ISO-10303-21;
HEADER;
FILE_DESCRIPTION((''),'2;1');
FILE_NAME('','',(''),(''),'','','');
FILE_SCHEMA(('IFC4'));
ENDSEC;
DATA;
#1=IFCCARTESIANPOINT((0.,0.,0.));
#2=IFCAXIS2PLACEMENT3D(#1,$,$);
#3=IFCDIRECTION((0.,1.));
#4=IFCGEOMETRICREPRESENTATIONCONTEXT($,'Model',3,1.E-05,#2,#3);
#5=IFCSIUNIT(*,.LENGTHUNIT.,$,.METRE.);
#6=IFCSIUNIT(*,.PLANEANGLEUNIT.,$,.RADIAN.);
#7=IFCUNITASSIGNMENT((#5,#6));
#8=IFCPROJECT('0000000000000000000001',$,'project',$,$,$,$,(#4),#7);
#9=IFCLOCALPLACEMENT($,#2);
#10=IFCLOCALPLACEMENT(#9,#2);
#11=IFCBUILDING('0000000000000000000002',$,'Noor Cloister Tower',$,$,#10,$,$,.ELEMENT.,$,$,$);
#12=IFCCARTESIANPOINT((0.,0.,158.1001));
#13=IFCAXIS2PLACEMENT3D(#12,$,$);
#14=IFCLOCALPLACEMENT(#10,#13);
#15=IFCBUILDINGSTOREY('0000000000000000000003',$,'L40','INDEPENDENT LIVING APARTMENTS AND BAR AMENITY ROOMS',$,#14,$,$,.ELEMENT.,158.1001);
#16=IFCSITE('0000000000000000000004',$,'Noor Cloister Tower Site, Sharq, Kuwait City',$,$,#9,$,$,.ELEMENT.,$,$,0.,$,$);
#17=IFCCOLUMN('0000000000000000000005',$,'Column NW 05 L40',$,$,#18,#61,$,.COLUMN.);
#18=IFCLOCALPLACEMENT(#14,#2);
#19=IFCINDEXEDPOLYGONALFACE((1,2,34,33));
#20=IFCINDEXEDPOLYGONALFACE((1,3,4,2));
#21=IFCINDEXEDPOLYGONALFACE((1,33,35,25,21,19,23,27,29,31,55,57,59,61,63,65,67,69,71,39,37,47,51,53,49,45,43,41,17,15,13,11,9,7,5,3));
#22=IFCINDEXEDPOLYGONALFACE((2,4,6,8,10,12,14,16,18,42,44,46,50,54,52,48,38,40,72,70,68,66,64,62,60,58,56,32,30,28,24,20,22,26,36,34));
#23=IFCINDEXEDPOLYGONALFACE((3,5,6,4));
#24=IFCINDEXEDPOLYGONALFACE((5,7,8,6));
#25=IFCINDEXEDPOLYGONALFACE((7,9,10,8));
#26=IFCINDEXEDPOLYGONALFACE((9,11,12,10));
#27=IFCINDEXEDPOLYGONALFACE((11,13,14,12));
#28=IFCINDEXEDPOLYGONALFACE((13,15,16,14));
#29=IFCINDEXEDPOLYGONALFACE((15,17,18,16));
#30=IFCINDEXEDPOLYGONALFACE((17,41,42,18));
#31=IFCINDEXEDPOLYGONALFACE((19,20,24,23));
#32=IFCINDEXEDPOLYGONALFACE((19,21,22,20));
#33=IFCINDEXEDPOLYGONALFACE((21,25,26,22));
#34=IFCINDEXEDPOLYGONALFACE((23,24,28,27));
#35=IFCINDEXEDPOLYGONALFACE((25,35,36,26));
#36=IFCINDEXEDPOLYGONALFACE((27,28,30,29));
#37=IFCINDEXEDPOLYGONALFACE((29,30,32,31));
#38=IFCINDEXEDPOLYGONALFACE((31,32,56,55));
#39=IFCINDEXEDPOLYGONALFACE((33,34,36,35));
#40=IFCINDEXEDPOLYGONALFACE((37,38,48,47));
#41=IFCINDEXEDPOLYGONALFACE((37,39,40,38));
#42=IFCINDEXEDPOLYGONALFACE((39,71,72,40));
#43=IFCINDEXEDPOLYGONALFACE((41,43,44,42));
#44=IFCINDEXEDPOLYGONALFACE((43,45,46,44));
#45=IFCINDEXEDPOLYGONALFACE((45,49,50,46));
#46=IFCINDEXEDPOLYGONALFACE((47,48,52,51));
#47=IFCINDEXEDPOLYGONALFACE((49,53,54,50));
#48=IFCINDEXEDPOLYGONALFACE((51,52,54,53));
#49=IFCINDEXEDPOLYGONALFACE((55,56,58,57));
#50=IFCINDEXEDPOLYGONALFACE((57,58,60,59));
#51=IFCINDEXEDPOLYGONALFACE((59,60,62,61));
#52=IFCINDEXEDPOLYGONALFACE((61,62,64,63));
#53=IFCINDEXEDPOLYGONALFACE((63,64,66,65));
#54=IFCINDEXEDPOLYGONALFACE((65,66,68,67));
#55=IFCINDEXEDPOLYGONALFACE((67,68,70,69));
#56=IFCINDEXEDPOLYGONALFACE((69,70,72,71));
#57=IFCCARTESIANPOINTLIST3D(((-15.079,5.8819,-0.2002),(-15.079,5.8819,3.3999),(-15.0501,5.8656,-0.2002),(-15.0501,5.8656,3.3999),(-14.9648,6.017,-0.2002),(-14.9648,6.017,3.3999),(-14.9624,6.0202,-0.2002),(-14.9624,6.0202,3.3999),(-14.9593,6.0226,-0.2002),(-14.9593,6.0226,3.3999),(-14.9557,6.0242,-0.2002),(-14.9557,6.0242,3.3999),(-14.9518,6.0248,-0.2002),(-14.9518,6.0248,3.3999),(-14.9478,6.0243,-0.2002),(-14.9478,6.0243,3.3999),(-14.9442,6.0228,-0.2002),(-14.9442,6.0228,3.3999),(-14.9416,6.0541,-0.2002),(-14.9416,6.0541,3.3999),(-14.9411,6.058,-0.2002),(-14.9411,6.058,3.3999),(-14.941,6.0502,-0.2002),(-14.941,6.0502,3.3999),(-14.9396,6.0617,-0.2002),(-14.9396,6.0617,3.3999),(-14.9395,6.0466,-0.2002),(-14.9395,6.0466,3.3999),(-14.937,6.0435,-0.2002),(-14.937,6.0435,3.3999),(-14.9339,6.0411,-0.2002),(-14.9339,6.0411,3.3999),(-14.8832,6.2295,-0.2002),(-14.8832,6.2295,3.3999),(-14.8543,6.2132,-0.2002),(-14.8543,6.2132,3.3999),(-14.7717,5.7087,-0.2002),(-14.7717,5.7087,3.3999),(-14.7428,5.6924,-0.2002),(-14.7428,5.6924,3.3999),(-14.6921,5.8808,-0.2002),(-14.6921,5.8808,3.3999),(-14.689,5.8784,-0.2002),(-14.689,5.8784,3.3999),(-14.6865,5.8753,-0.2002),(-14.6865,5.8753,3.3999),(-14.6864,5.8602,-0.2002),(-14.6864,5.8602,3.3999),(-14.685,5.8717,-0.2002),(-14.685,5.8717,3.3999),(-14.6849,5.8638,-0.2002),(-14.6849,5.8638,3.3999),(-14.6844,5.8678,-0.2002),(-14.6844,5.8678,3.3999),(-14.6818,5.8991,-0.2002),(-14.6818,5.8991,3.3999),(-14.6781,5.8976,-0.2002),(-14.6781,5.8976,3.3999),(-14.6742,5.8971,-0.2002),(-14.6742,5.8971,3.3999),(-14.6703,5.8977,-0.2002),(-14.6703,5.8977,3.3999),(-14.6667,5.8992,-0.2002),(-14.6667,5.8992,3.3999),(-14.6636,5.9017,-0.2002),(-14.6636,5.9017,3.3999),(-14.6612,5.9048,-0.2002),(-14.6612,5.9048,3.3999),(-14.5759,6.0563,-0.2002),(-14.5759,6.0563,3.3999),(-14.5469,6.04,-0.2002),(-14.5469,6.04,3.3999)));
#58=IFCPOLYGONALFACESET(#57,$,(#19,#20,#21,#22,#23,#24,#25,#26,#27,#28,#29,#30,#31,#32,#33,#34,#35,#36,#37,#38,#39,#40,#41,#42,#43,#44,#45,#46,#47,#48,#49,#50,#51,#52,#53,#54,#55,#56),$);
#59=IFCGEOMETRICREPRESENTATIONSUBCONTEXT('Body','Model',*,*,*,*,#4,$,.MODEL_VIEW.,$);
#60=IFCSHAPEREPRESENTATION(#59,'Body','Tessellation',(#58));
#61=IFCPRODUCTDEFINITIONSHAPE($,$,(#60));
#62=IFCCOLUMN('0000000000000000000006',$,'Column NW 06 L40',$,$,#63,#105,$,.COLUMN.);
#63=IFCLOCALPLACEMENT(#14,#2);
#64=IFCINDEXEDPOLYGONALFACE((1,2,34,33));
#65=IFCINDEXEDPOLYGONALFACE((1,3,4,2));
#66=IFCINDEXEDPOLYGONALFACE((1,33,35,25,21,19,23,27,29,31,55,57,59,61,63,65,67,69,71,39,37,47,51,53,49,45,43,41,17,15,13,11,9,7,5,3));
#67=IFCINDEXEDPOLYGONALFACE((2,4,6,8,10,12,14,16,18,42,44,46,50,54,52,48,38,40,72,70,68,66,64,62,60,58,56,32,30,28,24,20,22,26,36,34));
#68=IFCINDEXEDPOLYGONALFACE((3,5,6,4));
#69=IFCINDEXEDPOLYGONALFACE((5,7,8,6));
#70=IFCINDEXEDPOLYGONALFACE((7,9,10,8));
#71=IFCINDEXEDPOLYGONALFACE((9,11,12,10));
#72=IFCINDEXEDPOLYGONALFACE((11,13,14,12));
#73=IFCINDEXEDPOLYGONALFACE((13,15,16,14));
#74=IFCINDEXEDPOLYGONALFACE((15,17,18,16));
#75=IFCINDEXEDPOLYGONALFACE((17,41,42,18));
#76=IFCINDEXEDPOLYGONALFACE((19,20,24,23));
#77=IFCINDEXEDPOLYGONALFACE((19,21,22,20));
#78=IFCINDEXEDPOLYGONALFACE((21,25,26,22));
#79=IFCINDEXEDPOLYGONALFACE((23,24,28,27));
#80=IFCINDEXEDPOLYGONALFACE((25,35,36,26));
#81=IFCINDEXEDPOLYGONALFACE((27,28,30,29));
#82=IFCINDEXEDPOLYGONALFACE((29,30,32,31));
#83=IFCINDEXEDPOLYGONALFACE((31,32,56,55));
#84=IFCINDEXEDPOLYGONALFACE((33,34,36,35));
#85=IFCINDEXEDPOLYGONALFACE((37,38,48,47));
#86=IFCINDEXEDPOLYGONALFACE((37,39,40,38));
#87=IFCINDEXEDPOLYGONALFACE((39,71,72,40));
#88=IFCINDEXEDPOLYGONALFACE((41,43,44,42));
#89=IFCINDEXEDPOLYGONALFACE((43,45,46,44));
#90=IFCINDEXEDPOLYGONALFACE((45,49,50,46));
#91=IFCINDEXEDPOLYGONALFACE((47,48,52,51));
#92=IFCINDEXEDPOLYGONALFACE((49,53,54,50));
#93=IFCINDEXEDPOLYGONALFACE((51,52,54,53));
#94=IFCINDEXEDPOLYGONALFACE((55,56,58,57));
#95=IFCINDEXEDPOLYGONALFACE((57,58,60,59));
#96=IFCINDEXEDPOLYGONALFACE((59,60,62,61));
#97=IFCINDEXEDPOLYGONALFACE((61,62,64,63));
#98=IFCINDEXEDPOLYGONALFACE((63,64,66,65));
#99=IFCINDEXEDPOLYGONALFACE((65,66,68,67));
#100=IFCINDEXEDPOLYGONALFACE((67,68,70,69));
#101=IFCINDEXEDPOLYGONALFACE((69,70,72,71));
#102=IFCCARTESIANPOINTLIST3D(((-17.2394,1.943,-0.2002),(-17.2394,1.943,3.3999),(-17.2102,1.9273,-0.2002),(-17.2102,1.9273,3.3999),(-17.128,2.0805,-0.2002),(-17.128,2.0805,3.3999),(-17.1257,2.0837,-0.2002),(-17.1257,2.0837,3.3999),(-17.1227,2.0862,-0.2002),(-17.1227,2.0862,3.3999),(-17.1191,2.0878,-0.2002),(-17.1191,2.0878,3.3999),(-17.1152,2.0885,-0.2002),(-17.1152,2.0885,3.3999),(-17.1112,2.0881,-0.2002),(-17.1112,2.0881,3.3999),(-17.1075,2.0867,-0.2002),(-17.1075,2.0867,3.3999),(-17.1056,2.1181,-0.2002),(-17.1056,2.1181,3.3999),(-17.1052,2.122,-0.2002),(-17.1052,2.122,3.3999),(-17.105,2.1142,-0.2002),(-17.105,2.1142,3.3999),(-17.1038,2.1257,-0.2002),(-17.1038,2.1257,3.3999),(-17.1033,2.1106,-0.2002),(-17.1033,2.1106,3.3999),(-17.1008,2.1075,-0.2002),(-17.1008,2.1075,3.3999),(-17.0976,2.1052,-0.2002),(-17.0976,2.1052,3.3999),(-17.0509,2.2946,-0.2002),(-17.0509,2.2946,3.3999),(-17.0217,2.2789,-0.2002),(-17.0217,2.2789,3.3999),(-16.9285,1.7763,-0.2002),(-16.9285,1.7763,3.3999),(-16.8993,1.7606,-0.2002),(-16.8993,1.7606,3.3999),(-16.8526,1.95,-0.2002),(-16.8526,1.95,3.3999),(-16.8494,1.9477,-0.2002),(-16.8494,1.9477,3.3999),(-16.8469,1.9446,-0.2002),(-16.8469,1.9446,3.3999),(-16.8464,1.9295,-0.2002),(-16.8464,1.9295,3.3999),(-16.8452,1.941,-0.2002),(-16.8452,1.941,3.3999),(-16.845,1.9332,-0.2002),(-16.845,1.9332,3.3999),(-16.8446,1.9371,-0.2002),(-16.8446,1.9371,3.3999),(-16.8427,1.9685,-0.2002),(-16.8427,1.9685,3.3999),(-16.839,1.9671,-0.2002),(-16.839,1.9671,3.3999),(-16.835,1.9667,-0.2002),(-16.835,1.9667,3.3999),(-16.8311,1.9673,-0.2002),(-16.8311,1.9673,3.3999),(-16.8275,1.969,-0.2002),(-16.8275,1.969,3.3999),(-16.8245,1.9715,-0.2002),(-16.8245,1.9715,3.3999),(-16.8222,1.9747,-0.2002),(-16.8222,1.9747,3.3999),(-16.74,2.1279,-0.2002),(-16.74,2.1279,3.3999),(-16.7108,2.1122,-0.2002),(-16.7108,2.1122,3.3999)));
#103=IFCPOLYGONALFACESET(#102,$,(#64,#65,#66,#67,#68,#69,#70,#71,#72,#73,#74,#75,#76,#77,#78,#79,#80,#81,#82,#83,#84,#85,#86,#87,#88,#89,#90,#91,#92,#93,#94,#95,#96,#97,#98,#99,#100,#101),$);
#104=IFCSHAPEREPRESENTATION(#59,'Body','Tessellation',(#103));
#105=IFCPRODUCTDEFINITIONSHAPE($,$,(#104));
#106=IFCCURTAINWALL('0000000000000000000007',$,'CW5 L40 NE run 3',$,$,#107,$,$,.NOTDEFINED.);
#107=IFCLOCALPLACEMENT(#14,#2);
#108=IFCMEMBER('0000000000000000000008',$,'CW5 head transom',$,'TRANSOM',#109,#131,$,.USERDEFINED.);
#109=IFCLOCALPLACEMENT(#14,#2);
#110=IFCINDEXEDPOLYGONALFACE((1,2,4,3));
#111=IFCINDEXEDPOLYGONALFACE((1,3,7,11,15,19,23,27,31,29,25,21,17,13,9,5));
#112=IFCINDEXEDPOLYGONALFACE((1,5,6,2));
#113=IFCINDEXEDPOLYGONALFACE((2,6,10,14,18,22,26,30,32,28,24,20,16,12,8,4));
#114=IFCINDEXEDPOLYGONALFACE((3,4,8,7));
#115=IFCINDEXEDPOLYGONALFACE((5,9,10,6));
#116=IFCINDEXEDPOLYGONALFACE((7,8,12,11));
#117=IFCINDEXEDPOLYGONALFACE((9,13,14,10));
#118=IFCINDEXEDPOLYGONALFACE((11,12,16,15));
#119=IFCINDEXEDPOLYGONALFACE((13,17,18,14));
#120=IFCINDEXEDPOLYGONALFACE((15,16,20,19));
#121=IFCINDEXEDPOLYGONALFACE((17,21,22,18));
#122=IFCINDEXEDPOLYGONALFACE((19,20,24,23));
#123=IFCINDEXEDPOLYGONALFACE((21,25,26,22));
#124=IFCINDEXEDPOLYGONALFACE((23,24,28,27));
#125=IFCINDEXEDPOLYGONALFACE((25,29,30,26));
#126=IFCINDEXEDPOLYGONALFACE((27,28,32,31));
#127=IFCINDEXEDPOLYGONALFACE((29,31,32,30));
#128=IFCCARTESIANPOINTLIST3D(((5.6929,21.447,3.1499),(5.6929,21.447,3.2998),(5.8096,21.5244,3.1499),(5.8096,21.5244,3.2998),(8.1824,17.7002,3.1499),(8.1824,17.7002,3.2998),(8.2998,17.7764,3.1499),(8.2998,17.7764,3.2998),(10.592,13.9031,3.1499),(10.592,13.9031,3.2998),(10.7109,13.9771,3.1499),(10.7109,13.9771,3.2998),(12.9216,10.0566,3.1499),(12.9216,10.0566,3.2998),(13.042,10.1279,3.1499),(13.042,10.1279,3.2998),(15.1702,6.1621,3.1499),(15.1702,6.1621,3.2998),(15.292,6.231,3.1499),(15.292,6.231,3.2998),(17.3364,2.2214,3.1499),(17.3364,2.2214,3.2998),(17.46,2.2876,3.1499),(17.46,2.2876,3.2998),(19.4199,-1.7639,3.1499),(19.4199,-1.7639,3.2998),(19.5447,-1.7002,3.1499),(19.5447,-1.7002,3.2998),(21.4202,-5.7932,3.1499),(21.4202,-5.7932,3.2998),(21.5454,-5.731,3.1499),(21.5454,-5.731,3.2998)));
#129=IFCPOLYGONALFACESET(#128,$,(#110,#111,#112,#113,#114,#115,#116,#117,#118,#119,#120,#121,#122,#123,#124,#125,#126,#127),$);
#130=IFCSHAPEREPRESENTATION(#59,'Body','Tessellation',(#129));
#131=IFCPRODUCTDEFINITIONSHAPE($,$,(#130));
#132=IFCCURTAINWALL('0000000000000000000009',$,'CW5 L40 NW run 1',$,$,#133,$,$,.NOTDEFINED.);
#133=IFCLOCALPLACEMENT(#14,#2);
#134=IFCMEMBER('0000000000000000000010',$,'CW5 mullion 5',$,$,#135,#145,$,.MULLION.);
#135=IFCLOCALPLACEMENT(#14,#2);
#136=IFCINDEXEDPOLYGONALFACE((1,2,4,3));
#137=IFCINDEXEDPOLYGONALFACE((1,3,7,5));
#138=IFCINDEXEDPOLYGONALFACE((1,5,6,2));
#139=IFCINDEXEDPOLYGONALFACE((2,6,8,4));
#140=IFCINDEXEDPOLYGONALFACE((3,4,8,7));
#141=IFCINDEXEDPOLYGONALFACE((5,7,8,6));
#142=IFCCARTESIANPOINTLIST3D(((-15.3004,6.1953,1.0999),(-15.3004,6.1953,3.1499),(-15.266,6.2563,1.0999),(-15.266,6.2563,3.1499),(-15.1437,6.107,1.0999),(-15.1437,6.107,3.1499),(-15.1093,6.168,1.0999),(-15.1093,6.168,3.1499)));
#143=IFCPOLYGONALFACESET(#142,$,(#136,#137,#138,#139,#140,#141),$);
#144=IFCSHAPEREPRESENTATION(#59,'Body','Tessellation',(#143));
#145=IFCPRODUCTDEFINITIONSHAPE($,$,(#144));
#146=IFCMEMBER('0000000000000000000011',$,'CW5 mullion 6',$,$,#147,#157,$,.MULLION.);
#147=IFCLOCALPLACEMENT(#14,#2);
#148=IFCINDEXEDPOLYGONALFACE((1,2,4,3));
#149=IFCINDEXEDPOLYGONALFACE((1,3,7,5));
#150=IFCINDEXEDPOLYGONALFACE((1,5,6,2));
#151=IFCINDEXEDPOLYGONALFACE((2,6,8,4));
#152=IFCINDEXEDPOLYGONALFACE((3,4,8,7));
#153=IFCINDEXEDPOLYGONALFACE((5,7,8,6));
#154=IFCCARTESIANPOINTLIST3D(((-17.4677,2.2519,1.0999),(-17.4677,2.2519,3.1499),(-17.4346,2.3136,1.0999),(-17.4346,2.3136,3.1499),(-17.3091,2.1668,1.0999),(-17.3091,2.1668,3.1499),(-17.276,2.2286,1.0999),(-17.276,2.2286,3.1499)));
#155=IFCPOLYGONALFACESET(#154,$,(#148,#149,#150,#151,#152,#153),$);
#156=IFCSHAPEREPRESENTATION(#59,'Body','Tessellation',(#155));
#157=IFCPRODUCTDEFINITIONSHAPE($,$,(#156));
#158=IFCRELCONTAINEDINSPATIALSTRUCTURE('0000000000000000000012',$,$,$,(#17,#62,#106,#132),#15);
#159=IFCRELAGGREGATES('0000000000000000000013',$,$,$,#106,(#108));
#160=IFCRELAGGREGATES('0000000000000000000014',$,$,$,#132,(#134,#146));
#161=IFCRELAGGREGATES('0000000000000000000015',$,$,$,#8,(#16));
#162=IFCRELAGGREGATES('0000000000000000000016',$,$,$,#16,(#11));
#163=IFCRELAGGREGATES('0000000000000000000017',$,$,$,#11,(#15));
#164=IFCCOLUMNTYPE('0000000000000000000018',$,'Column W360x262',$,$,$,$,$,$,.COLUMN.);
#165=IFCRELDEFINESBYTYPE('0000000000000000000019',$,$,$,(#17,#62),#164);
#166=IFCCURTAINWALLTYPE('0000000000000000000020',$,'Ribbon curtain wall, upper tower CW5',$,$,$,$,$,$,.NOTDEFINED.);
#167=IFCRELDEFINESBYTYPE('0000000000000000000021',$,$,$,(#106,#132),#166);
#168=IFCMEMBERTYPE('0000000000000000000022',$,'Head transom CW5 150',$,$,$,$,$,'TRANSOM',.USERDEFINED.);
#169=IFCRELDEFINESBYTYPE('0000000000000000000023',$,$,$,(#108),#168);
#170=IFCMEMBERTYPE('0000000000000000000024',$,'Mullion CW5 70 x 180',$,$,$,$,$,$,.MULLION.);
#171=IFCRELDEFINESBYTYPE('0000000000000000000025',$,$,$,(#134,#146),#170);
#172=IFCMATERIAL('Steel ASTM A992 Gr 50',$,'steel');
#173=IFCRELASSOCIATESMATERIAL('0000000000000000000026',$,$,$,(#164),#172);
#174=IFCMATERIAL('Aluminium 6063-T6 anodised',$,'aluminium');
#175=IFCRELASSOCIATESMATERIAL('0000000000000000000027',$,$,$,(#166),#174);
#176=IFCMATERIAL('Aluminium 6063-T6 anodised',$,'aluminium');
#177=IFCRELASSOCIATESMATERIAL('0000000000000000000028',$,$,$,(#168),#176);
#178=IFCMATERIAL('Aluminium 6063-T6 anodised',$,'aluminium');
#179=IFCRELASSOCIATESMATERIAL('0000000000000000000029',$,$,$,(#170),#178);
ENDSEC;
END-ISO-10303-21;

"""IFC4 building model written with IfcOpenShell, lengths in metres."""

from ifc_helpers import new_model, si_unit, direction, frame, origin, origin_2d, place, context, subcontext, project, spatial, polyline, rectangle, i_section, outline, extrude, material, material_profile, profile_set, type_object, element, aggregate, save


model = new_model("IFC4")

# Units and contexts
model_context = context("Model", 3, precision=1e-05, world=origin(), true_north=direction((0.0, 1.0)))
body_context = subcontext(model_context, "Body", "Model", "MODEL_VIEW")
ifc_project = project(units=[si_unit("LENGTHUNIT", "METRE"), si_unit("PLANEANGLEUNIT", "RADIAN")], contexts=[model_context])

# Site, building, storey
site_placement = place(None, origin())
site = spatial("IfcSite", under=ifc_project, at=site_placement, Name="Noor Cloister Tower Site, Sharq, Kuwait City", CompositionType="ELEMENT", RefElevation=0.0)
building_placement = place(site_placement, origin())
building = spatial("IfcBuilding", under=site, at=building_placement, Name="Noor Cloister Tower", CompositionType="ELEMENT")
storey_placement = place(building_placement, frame((0.0, 0.0, 158.1001)))
storey = spatial("IfcBuildingStorey", under=building, at=storey_placement, Name="L40", Description="INDEPENDENT LIVING APARTMENTS AND BAR AMENITY ROOMS", CompositionType="ELEMENT", Elevation=158.1001)

# Columns
ifc_material_1 = material(Name="Steel ASTM A992 Gr 50", Category="steel")
ifc_material_profile_1 = material_profile(ifc_material_1, i_section(OverallWidth=0.3989, OverallDepth=0.386, WebThickness=0.021, FlangeThickness=0.0332, FilletRadius=0.0151, at=origin_2d()), Name="W360x262")
ifc_profile_set_1 = profile_set([ifc_material_profile_1], Name="Steel ASTM A992 Gr 50")
column_type = type_object("IfcColumnType", Name="Column W360x262", PredefinedType="COLUMN", material=ifc_profile_set_1)
for number, where, z_axis, x_axis, name in (
    (1, (-14.813, 5.9609, -0.2002), (0.0, 0.0, 1.0), (-0.490903, -0.871214, 0.0), "Column NW 05 L40"),
    (2, (-16.9751, 2.0276, -0.2002), (0.0, 0.0, 1.0), (-0.472548, -0.881305, 0.0), "Column NW 06 L40"),
):
    element("IfcColumn", number, at=place(storey_placement, frame(where, z_axis=z_axis, x_axis=x_axis)), inside=storey, type_object=column_type, Name=name, PredefinedType="COLUMN", context=body_context, shape_type="SweptSolid", body=[
        extrude(i_section(OverallWidth=0.3989, OverallDepth=0.386, WebThickness=0.021, FlangeThickness=0.0332, FilletRadius=0.0151, at=origin_2d()), origin(), (0.0, 0.0, 1.0), 3.6001),
    ])

# Curtain wall, member
ifc_material_2 = material(Name="Aluminium 6063-T6 anodised", Category="aluminium")
curtain_wall_type = type_object("IfcCurtainWallType", Name="Ribbon curtain wall, upper tower CW5", PredefinedType="NOTDEFINED", material=ifc_material_2)
curtain_wall_1_placement = place(storey_placement, origin())
curtain_wall_1 = element("IfcCurtainWall", 3, at=curtain_wall_1_placement, inside=storey, type_object=curtain_wall_type, Name="CW5 L40 NE run 3", PredefinedType="NOTDEFINED")
ifc_material_3 = material(Name="Aluminium 6063-T6 anodised", Category="aluminium")
member_type_1 = type_object("IfcMemberType", Name="Head transom CW5 150", ElementType="TRANSOM", PredefinedType="USERDEFINED", material=ifc_material_3)
member_1_placement = place(storey_placement, frame((0.0, 0.0, 3.1499)))
member_1 = element("IfcMember", 4, at=member_1_placement, type_object=member_type_1, Name="CW5 head transom", ObjectType="TRANSOM", PredefinedType="USERDEFINED", context=body_context, shape_type="SweptSolid", body=[
    extrude(outline(polyline([(21.5454, -5.731), (19.5447, -1.7002), (17.46, 2.2876), (15.292, 6.231), (13.042, 10.1279), (10.7109, 13.9771), (8.2998, 17.7764), (5.8096, 21.5244), (5.6929, 21.447), (8.1824, 17.7002), (10.592, 13.9031), (12.9216, 10.0566), (15.1702, 6.1621), (17.3364, 2.2214), (19.4199, -1.7639), (21.4202, -5.7932), (21.5454, -5.731)])), origin(), (0.0, 0.0, 1.0), 0.1499),
])

# Curtain wall, members
curtain_wall_2_placement = place(storey_placement, origin())
curtain_wall_2 = element("IfcCurtainWall", 5, at=curtain_wall_2_placement, inside=storey, type_object=curtain_wall_type, Name="CW5 L40 NW run 1", PredefinedType="NOTDEFINED")
ifc_material_4 = material(Name="Aluminium 6063-T6 anodised", Category="aluminium")
ifc_material_profile_2 = material_profile(ifc_material_4, rectangle(XDim=0.1799, YDim=0.0701, at=origin_2d()), Name="180 x 70 mullion")
ifc_profile_set_2 = profile_set([ifc_material_profile_2], Name="Aluminium 6063-T6 anodised")
member_type_2 = type_object("IfcMemberType", Name="Mullion CW5 70 x 180", PredefinedType="MULLION", material=ifc_profile_set_2)
member_2_placement = place(storey_placement, frame((-15.2048, 6.1816, 1.0999), z_axis=(0.0, 0.0, 1.0), x_axis=(0.871214, -0.490903, 0.0)))
member_2 = element("IfcMember", 6, at=member_2_placement, type_object=member_type_2, Name="CW5 mullion 5", PredefinedType="MULLION", context=body_context, shape_type="SweptSolid", body=[
    extrude(rectangle(XDim=0.1799, YDim=0.0701, at=origin_2d()), origin(), (0.0, 0.0, 1.0), 2.05),
])
member_3_placement = place(storey_placement, frame((-17.3718, 2.2402, 1.0999), z_axis=(0.0, 0.0, 1.0), x_axis=(0.881305, -0.472548, 0.0)))
member_3 = element("IfcMember", 7, at=member_3_placement, type_object=member_type_2, Name="CW5 mullion 6", PredefinedType="MULLION", context=body_context, shape_type="SweptSolid", body=[
    extrude(rectangle(XDim=0.1799, YDim=0.0701, at=origin_2d()), origin(), (0.0, 0.0, 1.0), 2.05),
])

aggregate(curtain_wall_1, [member_1])

aggregate(curtain_wall_2, [member_2, member_3])

save(model, "model.ifc")
